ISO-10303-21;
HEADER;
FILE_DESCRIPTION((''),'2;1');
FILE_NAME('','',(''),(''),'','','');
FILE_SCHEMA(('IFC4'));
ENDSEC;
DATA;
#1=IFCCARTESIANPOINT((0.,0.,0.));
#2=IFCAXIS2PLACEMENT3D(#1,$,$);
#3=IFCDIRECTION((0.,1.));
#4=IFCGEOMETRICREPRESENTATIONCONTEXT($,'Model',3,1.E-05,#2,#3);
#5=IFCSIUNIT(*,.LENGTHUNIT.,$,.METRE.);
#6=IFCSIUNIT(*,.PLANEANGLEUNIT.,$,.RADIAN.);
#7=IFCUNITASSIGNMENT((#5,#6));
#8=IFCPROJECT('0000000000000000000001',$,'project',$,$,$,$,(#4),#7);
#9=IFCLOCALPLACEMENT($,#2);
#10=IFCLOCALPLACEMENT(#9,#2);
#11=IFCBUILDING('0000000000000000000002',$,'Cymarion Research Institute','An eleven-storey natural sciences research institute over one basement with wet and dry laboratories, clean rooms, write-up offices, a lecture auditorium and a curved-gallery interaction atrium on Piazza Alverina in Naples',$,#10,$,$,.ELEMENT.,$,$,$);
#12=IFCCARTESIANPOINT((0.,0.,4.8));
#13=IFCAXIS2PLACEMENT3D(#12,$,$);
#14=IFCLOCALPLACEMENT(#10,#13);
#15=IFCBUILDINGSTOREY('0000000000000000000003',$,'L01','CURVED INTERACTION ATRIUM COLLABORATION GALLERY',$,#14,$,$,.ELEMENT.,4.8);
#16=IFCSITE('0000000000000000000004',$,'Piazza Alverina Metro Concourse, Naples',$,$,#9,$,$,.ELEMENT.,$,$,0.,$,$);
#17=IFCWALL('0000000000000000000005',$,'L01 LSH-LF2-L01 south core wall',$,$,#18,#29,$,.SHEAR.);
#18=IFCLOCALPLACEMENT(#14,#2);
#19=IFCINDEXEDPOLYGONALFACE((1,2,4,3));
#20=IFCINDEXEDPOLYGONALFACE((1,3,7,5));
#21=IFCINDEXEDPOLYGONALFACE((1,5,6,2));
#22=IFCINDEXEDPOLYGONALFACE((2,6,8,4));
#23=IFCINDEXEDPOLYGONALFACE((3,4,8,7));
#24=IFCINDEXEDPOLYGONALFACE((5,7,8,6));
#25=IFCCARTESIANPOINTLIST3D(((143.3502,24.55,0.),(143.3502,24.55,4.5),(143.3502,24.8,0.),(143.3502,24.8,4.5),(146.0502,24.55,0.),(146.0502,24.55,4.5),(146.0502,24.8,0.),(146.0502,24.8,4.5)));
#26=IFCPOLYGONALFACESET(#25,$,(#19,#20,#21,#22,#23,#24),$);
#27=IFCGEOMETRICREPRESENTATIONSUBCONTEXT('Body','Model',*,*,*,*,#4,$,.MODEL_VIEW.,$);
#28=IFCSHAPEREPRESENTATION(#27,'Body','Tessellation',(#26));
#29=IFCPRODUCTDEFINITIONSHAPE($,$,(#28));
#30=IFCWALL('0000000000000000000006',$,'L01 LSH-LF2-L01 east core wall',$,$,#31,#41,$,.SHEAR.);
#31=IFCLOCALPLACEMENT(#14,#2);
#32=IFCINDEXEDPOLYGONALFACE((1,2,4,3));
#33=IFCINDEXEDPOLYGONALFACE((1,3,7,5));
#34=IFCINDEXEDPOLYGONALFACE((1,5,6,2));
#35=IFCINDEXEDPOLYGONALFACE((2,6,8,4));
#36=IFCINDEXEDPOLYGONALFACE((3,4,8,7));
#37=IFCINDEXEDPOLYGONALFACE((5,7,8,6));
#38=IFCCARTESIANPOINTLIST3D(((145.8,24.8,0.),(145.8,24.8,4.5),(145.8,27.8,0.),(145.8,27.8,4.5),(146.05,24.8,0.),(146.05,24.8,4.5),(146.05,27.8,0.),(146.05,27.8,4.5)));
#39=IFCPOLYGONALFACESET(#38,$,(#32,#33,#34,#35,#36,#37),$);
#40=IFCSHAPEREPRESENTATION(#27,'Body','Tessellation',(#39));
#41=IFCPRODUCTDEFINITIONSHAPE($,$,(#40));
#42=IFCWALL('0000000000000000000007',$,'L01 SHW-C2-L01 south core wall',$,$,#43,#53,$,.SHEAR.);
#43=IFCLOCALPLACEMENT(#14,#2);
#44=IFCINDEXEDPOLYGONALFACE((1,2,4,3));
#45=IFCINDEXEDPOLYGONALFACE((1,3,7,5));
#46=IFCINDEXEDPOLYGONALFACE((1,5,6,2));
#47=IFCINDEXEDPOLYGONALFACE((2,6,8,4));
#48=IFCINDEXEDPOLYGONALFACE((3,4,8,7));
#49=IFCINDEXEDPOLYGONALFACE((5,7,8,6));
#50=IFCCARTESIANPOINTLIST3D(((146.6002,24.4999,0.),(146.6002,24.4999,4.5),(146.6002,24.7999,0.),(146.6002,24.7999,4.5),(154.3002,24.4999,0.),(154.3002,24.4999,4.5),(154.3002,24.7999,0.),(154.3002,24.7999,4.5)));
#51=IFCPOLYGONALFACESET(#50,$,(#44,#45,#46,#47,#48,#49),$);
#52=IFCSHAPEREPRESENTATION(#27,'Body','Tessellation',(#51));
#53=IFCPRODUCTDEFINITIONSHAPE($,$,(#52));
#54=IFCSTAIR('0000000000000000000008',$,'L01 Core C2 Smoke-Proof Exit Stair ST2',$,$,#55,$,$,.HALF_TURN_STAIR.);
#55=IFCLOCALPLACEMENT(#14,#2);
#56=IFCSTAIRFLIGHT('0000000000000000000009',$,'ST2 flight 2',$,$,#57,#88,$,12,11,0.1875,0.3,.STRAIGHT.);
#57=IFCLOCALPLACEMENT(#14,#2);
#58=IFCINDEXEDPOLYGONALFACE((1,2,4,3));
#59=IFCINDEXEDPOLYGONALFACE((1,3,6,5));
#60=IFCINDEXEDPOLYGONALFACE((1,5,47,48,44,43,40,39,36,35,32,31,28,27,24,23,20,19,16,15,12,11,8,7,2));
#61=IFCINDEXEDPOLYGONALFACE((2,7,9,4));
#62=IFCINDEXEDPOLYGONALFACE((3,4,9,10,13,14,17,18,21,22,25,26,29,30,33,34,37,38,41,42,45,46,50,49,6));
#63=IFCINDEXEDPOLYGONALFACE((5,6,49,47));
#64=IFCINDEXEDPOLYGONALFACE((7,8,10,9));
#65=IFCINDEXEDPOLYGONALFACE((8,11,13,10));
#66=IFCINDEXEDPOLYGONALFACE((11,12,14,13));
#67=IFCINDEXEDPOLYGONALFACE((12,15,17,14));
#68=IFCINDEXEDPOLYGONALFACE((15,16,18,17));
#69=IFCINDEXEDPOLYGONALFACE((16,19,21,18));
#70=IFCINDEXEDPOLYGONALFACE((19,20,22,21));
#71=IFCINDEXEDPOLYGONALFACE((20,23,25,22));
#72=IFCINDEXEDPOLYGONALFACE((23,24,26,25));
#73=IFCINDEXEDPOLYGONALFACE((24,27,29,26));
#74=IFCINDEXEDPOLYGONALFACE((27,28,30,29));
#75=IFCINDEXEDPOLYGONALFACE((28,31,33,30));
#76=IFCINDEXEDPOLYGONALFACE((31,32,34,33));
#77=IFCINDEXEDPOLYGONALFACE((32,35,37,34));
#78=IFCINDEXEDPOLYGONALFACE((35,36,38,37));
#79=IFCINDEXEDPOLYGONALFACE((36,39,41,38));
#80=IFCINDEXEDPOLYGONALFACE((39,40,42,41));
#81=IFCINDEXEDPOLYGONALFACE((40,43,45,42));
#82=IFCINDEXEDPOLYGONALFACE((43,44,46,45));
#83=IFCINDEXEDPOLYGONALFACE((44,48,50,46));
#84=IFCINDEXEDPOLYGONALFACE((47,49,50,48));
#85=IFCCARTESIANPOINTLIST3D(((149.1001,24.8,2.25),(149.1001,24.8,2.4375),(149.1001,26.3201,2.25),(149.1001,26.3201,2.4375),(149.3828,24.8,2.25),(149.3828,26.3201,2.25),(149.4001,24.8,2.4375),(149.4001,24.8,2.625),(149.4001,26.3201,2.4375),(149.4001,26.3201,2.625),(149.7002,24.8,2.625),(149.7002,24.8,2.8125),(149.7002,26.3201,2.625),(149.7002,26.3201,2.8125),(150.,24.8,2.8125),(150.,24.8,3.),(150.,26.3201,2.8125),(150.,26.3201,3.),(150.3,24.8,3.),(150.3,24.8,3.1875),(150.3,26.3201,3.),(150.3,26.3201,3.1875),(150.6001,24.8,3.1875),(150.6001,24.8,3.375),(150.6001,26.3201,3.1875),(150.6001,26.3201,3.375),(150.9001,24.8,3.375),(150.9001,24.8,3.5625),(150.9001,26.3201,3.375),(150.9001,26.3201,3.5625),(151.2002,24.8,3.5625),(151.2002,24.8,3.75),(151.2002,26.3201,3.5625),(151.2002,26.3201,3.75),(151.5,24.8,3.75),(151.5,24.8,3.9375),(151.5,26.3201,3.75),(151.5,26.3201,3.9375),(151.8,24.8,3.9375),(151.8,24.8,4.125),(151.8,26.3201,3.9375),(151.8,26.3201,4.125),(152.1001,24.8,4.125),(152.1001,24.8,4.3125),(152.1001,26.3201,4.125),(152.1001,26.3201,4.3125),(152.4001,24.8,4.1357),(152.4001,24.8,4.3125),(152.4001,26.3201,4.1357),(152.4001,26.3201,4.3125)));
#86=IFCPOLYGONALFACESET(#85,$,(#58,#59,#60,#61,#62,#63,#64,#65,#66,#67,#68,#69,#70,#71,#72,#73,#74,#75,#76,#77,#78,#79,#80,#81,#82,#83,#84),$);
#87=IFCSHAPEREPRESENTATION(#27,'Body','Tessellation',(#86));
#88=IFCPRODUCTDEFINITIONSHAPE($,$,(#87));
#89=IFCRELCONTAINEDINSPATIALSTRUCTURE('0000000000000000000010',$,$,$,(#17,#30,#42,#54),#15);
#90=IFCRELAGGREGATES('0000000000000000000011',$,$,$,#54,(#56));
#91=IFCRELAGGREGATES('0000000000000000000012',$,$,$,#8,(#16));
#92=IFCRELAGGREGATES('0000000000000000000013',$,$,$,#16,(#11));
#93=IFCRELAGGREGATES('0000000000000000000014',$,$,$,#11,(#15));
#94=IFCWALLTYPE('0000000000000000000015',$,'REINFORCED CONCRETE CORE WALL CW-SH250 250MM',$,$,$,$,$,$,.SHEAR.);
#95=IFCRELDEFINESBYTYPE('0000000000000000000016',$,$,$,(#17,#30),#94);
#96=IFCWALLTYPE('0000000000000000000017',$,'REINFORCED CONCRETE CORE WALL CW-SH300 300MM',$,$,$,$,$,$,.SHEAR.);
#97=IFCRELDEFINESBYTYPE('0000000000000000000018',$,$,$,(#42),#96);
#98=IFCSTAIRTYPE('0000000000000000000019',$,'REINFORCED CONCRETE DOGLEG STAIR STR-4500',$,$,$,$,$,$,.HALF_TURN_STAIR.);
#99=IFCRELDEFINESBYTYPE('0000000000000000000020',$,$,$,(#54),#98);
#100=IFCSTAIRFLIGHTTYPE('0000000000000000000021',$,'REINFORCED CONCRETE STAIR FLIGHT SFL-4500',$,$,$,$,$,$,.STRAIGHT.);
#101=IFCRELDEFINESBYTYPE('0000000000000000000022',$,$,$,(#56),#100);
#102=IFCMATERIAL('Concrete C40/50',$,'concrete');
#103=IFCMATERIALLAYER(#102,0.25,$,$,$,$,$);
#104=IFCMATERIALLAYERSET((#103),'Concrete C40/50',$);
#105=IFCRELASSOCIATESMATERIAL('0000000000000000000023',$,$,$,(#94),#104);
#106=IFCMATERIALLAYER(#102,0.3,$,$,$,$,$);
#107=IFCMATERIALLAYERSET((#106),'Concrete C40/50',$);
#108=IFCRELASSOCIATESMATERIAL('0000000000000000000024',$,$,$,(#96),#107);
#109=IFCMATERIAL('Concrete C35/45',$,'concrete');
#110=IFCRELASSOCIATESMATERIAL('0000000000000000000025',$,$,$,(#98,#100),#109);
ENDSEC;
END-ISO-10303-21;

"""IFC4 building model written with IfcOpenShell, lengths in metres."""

from ifc_helpers import new_model, si_unit, direction, frame, frame_2d, origin, place, context, subcontext, project, spatial, polyline, rectangle, outline, extrude, material, layer, layer_set, type_object, element, aggregate, save


model = new_model("IFC4")

# Units and contexts
model_context = context("Model", 3, precision=1e-05, world=origin(), true_north=direction((0.0, 1.0)))
body_context = subcontext(model_context, "Body", "Model", "MODEL_VIEW")
ifc_project = project(units=[si_unit("LENGTHUNIT", "METRE"), si_unit("PLANEANGLEUNIT", "RADIAN")], contexts=[model_context])

# Site, building, storey
site_placement = place(None, origin())
site = spatial("IfcSite", under=ifc_project, at=site_placement, Name="Piazza Alverina Metro Concourse, Naples", CompositionType="ELEMENT", RefElevation=0.0)
building_placement = place(site_placement, origin())
building = spatial("IfcBuilding", under=site, at=building_placement, Name="Cymarion Research Institute", Description="An eleven-storey natural sciences research institute over one basement with wet and dry laboratories, clean rooms, write-up offices, a lecture auditorium and a curved-gallery interaction atrium on Piazza Alverina in Naples", CompositionType="ELEMENT")
storey_placement = place(building_placement, frame((0.0, 0.0, 4.8)))
storey = spatial("IfcBuildingStorey", under=building, at=storey_placement, Name="L01", Description="CURVED INTERACTION ATRIUM COLLABORATION GALLERY", CompositionType="ELEMENT", Elevation=4.8)

# Shared definitions
ifc_material_1 = material(Name="Concrete C40/50", Category="concrete")

# Walls
ifc_layer_1 = layer(ifc_material_1, 0.25)
ifc_layer_set_1 = layer_set([ifc_layer_1], Name="Concrete C40/50")
wall_type_1 = type_object("IfcWallType", Name="REINFORCED CONCRETE CORE WALL CW-SH250 250MM", PredefinedType="SHEAR", material=ifc_layer_set_1)
wall_1_placement = place(storey_placement, frame((143.3501, 24.675, 0.0), z_axis=(0.0, 0.0, 1.0), x_axis=(1.0, 0.0, 0.0)))
element("IfcWall", 1, at=wall_1_placement, inside=storey, type_object=wall_type_1, Name="L01 LSH-LF2-L01 south core wall", PredefinedType="SHEAR", context=body_context, shape_type="SweptSolid", body=[
    extrude(rectangle(XDim=2.7, YDim=0.25, at=frame_2d((1.3501, 0.0))), origin(), (0.0, 0.0, 1.0), 4.5),
])
wall_2_placement = place(storey_placement, frame((145.925, 24.8, 0.0), z_axis=(0.0, 0.0, 1.0), x_axis=(0.0, 1.0, 0.0)))
element("IfcWall", 2, at=wall_2_placement, inside=storey, type_object=wall_type_1, Name="L01 LSH-LF2-L01 east core wall", PredefinedType="SHEAR", context=body_context, shape_type="SweptSolid", body=[
    extrude(rectangle(XDim=3.0, YDim=0.25, at=frame_2d((1.5, 0.0))), origin(), (0.0, 0.0, 1.0), 4.5),
])
ifc_layer_2 = layer(ifc_material_1, 0.3)
ifc_layer_set_2 = layer_set([ifc_layer_2], Name="Concrete C40/50")
wall_type_2 = type_object("IfcWallType", Name="REINFORCED CONCRETE CORE WALL CW-SH300 300MM", PredefinedType="SHEAR", material=ifc_layer_set_2)
wall_3_placement = place(storey_placement, frame((146.6001, 24.6499, 0.0), z_axis=(0.0, 0.0, 1.0), x_axis=(1.0, 0.0, 0.0)))
element("IfcWall", 3, at=wall_3_placement, inside=storey, type_object=wall_type_2, Name="L01 SHW-C2-L01 south core wall", PredefinedType="SHEAR", context=body_context, shape_type="SweptSolid", body=[
    extrude(rectangle(XDim=7.7, YDim=0.3, at=frame_2d((3.8501, 0.0))), origin(), (0.0, 0.0, 1.0), 4.5),
])

# Stair, stair flight
ifc_material_2 = material(Name="Concrete C35/45", Category="concrete")
stair_type = type_object("IfcStairType", Name="REINFORCED CONCRETE DOGLEG STAIR STR-4500", PredefinedType="HALF_TURN_STAIR", material=ifc_material_2)
stair_placement = place(storey_placement, origin())
stair = element("IfcStair", 4, at=stair_placement, inside=storey, type_object=stair_type, Name="L01 Core C2 Smoke-Proof Exit Stair ST2", PredefinedType="HALF_TURN_STAIR")
stair_flight_type = type_object("IfcStairFlightType", Name="REINFORCED CONCRETE STAIR FLIGHT SFL-4500", PredefinedType="STRAIGHT", material=ifc_material_2)
stair_flight_placement = place(storey_placement, frame((149.1001, 25.5601, 2.25), z_axis=(0.0, 0.0, 1.0), x_axis=(1.0, 0.0, 0.0)))
stair_flight = element("IfcStairFlight", 5, at=stair_flight_placement, type_object=stair_flight_type, Name="ST2 flight 2", NumberOfRisers=12, NumberOfTreads=11, PredefinedType="STRAIGHT", RiserHeight=0.1875, TreadLength=0.3, context=body_context, shape_type="SweptSolid", body=[
    extrude(outline(polyline([(0.0, 0.0), (0.0, 0.1875), (0.3, 0.1875), (0.3, 0.375), (0.6001, 0.375), (0.6001, 0.5625), (0.8999, 0.5625), (0.8999, 0.75), (1.2, 0.75), (1.2, 0.9375), (1.5, 0.9375), (1.5, 1.125), (1.8, 1.125), (1.8, 1.3125), (2.1001, 1.3125), (2.1001, 1.5), (2.3999, 1.5), (2.3999, 1.6875), (2.7, 1.6875), (2.7, 1.875), (3.0, 1.875), (3.0, 2.0625), (3.3, 2.0625), (3.3, 2.25), (3.3, 1.8857), (0.2827, 0.0), (0.0, 0.0)])), frame((0.0, 0.76, 0.0), z_axis=(0.0, -1.0, 0.0), x_axis=(1.0, 0.0, 0.0)), (0.0, 0.0, 1.0), 1.52),
])
aggregate(stair, [stair_flight])

save(model, "model.ifc")
